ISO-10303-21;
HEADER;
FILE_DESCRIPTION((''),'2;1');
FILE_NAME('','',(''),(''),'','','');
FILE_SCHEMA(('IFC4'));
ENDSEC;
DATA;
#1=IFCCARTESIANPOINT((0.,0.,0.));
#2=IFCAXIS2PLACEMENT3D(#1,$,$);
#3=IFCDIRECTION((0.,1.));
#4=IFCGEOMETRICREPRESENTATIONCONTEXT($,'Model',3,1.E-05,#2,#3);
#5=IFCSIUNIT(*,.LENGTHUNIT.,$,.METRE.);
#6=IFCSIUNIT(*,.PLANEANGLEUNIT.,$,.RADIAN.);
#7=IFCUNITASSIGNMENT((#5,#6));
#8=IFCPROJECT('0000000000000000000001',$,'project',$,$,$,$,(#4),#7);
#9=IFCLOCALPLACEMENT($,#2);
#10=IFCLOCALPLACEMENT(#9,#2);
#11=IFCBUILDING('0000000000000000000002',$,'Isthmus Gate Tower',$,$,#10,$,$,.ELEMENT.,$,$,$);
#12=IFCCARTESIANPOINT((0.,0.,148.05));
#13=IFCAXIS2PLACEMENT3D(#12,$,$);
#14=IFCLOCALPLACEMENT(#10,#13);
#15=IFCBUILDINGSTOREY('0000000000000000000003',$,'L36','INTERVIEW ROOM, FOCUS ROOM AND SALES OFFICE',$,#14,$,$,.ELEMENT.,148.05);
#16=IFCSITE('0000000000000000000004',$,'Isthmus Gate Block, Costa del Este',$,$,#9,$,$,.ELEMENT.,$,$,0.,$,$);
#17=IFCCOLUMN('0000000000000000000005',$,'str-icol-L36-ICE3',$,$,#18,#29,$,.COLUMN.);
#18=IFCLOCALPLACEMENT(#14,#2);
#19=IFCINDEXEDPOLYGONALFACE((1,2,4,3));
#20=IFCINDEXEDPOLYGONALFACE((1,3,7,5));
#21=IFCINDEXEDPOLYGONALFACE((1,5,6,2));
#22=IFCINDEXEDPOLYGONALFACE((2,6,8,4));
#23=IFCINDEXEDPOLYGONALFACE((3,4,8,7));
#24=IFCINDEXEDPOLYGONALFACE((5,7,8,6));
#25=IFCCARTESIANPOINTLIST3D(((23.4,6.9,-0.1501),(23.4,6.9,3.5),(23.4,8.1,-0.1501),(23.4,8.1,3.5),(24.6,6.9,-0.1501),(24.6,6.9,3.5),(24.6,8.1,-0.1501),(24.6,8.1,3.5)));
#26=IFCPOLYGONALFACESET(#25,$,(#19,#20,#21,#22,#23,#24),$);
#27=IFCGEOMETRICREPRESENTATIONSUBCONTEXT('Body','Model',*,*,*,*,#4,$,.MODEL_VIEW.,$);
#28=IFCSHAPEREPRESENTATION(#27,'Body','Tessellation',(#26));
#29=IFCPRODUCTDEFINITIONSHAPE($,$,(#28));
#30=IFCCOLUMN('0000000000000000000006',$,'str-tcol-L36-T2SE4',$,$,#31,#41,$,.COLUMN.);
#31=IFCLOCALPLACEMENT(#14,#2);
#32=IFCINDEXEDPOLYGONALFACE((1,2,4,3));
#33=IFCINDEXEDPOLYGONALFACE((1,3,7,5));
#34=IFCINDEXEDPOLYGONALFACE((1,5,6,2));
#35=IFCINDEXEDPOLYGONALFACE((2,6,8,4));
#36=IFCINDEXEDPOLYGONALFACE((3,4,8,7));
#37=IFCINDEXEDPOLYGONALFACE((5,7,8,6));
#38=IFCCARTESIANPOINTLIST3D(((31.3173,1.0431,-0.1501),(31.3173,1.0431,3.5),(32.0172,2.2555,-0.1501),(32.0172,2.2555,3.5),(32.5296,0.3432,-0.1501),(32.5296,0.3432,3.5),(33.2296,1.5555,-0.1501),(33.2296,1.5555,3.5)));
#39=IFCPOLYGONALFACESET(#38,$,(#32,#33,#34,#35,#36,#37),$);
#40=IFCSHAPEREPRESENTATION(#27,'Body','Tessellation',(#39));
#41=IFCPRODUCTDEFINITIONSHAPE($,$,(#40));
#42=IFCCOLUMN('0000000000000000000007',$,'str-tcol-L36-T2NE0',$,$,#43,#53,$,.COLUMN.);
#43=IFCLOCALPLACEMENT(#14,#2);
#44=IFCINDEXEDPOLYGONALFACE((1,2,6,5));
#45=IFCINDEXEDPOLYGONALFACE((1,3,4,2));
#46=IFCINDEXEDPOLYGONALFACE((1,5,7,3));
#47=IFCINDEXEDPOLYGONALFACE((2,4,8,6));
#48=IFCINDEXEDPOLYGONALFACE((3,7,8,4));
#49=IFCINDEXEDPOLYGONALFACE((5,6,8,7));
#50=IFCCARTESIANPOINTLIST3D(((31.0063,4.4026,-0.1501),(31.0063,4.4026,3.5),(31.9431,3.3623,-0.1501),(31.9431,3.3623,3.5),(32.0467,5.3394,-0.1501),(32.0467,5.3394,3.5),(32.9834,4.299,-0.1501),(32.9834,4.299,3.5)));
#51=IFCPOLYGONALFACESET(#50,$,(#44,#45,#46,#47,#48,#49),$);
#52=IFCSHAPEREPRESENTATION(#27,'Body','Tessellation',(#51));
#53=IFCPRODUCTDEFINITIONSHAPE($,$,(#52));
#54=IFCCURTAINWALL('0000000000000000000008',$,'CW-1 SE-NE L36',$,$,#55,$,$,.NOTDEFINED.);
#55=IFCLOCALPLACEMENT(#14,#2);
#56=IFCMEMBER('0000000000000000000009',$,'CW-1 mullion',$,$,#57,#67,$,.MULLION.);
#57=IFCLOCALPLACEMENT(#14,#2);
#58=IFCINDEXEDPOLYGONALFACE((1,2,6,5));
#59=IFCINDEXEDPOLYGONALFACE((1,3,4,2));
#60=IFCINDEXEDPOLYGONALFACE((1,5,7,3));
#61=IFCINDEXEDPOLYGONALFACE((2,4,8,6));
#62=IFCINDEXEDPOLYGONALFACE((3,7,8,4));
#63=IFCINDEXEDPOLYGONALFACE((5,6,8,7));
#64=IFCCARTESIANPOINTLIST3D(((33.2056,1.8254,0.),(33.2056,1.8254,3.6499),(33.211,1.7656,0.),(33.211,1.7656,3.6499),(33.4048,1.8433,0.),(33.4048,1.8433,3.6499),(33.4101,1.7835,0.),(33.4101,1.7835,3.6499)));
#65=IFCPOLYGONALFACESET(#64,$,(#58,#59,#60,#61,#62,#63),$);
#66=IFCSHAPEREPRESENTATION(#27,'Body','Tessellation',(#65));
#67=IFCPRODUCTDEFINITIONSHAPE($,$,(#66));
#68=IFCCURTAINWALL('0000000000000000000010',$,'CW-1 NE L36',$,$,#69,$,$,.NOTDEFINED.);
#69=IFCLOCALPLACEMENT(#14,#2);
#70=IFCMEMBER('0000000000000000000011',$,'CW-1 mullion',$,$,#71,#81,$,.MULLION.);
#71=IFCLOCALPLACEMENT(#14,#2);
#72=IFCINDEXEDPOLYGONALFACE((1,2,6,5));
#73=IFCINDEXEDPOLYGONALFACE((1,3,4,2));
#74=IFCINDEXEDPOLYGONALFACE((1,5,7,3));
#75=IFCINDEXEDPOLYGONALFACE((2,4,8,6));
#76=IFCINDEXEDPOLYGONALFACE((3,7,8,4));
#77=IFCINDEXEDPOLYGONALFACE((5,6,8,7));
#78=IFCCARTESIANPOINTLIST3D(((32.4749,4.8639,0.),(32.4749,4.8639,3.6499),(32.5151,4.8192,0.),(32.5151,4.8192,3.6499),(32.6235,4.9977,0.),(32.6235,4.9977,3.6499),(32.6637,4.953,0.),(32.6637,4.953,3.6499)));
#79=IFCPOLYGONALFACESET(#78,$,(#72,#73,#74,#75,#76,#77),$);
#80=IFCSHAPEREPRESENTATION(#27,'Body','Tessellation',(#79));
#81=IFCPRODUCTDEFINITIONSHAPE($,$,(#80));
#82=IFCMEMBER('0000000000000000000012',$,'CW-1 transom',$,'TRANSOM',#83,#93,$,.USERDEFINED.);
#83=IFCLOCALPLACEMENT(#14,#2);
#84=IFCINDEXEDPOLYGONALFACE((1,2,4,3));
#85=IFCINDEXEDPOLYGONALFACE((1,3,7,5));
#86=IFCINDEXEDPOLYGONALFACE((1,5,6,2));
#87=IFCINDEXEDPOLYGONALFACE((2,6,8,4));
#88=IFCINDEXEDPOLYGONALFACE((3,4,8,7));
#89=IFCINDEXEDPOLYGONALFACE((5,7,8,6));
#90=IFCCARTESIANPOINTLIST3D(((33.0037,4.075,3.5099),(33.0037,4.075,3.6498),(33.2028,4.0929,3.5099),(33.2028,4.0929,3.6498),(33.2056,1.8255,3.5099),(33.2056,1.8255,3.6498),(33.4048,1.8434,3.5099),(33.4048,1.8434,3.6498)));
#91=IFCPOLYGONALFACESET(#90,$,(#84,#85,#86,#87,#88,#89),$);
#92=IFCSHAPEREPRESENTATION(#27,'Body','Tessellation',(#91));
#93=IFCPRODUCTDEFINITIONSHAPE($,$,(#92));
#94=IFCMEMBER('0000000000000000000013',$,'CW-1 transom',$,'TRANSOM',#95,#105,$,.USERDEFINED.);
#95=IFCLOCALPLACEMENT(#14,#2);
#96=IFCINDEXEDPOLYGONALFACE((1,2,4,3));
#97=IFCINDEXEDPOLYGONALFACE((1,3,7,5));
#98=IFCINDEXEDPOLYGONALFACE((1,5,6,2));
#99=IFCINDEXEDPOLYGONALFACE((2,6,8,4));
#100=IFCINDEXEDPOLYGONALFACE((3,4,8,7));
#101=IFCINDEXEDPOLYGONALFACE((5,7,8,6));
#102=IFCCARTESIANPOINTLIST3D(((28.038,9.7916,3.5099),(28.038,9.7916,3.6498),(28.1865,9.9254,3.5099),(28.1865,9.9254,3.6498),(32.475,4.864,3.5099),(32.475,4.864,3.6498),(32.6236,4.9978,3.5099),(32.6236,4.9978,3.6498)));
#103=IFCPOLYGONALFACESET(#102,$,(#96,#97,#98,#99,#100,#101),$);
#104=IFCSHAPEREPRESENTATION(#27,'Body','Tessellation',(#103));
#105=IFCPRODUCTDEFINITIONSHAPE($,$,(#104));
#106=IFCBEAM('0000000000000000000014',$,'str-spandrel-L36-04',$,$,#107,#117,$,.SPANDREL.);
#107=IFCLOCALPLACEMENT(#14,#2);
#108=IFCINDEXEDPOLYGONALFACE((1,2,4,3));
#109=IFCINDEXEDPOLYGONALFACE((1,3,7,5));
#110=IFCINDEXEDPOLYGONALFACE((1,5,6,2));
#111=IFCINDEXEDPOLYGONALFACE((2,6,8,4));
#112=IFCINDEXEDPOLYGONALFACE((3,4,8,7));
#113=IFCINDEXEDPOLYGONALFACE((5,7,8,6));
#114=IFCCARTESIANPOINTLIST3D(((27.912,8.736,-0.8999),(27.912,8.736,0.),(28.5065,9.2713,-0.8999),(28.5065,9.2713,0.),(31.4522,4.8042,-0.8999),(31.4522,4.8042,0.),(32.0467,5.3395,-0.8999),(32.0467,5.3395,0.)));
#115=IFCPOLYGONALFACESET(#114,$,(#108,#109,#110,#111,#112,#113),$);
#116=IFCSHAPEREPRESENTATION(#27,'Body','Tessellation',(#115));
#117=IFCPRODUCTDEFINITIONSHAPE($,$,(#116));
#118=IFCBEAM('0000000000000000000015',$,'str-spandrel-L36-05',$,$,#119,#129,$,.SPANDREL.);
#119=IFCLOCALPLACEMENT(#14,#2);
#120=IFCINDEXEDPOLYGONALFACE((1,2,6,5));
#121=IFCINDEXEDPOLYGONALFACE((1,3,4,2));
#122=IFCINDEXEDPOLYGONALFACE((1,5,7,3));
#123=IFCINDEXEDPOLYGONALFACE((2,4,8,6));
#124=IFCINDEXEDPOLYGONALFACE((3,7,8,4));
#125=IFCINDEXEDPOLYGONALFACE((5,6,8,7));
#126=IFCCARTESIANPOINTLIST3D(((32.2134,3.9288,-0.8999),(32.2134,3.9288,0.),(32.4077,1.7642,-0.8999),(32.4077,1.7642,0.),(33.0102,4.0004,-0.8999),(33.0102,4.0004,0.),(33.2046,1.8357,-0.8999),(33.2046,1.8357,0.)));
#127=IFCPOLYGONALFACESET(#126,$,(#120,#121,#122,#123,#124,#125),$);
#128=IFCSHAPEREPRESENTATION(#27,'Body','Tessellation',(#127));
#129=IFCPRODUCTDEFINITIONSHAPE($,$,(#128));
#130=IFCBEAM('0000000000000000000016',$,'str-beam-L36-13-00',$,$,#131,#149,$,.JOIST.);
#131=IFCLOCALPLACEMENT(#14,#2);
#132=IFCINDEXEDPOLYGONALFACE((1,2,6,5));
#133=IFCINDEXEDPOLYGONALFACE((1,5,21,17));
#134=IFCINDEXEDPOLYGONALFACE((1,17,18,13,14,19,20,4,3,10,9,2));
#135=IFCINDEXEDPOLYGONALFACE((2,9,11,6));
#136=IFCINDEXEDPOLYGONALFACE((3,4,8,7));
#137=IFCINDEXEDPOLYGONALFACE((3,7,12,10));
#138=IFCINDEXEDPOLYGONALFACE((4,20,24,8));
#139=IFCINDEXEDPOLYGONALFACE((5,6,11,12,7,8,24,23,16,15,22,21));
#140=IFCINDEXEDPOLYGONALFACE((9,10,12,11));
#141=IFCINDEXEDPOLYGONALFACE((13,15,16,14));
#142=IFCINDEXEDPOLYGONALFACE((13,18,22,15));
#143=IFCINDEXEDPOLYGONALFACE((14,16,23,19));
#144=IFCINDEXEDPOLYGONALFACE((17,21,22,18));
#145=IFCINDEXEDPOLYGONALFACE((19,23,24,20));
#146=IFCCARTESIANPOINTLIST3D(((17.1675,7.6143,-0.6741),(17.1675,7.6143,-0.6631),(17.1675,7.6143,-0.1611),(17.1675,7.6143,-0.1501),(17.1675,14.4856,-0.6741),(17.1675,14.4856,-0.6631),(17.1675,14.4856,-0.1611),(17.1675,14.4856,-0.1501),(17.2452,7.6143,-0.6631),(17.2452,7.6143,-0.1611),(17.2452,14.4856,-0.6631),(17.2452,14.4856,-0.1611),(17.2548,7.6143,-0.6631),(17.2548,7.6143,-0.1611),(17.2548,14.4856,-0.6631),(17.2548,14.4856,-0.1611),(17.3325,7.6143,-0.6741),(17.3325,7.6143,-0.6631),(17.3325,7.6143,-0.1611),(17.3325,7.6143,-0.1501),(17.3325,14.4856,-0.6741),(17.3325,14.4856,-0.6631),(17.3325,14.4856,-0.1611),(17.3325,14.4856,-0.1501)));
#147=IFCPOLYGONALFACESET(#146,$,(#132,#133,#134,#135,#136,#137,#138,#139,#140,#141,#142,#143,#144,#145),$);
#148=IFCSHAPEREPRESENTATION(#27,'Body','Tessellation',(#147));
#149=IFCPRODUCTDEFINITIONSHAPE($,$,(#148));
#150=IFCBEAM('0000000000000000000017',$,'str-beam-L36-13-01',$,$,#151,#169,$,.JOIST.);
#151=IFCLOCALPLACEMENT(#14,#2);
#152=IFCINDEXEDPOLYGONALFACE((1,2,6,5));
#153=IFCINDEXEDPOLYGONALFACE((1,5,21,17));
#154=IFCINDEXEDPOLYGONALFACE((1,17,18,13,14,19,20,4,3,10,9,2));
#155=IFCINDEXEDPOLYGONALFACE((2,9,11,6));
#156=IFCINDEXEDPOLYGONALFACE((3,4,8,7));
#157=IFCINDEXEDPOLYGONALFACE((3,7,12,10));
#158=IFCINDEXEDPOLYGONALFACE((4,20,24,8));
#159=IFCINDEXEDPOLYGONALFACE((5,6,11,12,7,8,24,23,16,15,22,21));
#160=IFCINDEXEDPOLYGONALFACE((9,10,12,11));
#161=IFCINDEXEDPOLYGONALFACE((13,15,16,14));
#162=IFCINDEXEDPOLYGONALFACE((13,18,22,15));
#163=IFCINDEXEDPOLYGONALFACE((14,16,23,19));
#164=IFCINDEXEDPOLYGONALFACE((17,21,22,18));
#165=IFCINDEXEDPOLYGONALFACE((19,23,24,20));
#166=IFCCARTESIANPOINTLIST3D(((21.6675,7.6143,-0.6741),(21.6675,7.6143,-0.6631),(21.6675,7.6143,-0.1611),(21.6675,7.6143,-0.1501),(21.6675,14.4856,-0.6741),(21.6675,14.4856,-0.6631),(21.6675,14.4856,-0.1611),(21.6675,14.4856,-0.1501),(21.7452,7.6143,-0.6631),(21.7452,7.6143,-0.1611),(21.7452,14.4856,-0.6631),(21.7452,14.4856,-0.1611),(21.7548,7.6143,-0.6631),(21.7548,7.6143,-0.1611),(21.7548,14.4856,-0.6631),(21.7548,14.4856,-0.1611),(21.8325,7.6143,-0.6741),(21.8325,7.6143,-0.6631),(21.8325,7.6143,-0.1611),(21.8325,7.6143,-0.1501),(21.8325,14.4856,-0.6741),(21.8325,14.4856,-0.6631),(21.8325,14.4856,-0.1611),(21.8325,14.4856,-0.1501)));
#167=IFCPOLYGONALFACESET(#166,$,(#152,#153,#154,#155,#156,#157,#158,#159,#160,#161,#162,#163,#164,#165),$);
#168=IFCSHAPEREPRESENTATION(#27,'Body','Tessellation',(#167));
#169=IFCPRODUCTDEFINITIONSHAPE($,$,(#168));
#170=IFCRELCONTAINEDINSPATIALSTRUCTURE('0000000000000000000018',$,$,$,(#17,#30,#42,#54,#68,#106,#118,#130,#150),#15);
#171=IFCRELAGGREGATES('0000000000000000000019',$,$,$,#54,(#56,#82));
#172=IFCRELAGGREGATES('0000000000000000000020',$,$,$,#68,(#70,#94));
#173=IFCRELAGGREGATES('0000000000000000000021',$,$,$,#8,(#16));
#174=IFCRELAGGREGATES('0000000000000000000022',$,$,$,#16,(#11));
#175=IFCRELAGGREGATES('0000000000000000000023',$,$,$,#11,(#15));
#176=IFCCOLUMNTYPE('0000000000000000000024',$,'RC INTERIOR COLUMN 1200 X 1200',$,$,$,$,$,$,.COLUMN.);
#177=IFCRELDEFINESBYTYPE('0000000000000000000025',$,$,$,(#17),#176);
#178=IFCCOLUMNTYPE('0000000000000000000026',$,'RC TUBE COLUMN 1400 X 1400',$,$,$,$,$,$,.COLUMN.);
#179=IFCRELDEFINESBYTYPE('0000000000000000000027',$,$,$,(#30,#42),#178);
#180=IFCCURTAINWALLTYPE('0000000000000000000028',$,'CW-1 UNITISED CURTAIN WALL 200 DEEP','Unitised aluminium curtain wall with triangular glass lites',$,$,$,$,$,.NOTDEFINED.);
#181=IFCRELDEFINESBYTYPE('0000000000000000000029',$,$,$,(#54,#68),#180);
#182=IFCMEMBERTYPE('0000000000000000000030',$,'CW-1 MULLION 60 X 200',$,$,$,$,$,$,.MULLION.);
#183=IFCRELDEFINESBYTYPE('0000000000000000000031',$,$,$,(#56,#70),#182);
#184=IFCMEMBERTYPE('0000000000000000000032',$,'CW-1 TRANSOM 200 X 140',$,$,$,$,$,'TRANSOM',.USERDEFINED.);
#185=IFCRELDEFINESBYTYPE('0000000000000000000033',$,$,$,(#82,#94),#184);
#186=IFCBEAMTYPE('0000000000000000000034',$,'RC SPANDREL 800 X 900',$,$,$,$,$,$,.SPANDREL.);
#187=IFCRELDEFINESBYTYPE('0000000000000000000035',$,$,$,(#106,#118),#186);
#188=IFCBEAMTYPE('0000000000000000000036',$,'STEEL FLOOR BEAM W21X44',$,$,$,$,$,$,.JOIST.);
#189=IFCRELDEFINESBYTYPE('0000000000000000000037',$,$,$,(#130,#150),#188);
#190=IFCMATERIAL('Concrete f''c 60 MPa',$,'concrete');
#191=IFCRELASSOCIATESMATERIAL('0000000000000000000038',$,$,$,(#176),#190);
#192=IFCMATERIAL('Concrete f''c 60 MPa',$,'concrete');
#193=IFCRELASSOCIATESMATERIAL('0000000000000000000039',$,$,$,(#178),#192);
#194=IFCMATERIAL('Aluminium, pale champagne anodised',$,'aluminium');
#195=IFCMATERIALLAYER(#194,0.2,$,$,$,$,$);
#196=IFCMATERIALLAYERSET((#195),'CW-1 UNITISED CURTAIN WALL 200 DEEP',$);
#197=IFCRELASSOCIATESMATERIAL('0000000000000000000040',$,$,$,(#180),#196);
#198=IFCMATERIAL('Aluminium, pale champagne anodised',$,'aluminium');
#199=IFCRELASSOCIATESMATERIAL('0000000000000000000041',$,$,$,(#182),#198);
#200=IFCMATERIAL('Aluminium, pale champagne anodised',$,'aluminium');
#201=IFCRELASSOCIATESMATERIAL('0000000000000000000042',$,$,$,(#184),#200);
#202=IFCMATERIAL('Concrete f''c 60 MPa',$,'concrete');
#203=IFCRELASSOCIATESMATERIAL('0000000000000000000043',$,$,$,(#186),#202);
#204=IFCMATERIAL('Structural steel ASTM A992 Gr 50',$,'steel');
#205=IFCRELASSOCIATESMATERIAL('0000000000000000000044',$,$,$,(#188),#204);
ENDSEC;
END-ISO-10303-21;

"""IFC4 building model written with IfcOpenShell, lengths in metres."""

from ifc_helpers import new_model, si_unit, direction, frame, origin, origin_2d, place, context, subcontext, project, spatial, rectangle, i_section, extrude, material, layer, layer_set, material_profile, profile_set, type_object, element, aggregate, save


model = new_model("IFC4")

# Units and contexts
model_context = context("Model", 3, precision=1e-05, world=origin(), true_north=direction((0.0, 1.0)))
body_context = subcontext(model_context, "Body", "Model", "MODEL_VIEW")
ifc_project = project(units=[si_unit("LENGTHUNIT", "METRE"), si_unit("PLANEANGLEUNIT", "RADIAN")], contexts=[model_context])

# Site, building, storey
site_placement = place(None, origin())
site = spatial("IfcSite", under=ifc_project, at=site_placement, Name="Isthmus Gate Block, Costa del Este", CompositionType="ELEMENT", RefElevation=0.0)
building_placement = place(site_placement, origin())
building = spatial("IfcBuilding", under=site, at=building_placement, Name="Isthmus Gate Tower", CompositionType="ELEMENT")
storey_placement = place(building_placement, frame((0.0, 0.0, 148.05)))
storey = spatial("IfcBuildingStorey", under=building, at=storey_placement, Name="L36", Description="INTERVIEW ROOM, FOCUS ROOM AND SALES OFFICE", CompositionType="ELEMENT", Elevation=148.05)

# Columns
ifc_material_1 = material(Name="Concrete f'c 60 MPa", Category="concrete")
ifc_material_profile_1 = material_profile(ifc_material_1, rectangle(XDim=1.2, YDim=1.2, at=origin_2d()), Name="RC 1200X1200")
ifc_profile_set_1 = profile_set([ifc_material_profile_1], Name="Concrete f'c 60 MPa")
column_type_1 = type_object("IfcColumnType", Name="RC INTERIOR COLUMN 1200 X 1200", PredefinedType="COLUMN", material=ifc_profile_set_1)
column_placement = place(storey_placement, frame((24.0, 7.5, -0.1501), z_axis=(0.0, 0.0, 1.0), x_axis=(1.0, 0.0, 0.0)))
element("IfcColumn", 1, at=column_placement, inside=storey, type_object=column_type_1, Name="str-icol-L36-ICE3", PredefinedType="COLUMN", context=body_context, shape_type="SweptSolid", body=[
    extrude(rectangle(XDim=1.2, YDim=1.2, at=origin_2d()), origin(), (0.0, 0.0, 1.0), 3.6501),
])
ifc_material_2 = material(Name="Concrete f'c 60 MPa", Category="concrete")
ifc_material_profile_2 = material_profile(ifc_material_2, rectangle(XDim=1.3999, YDim=1.3999, at=origin_2d()), Name="RC 1400X1400")
ifc_profile_set_2 = profile_set([ifc_material_profile_2], Name="Concrete f'c 60 MPa")
column_type_2 = type_object("IfcColumnType", Name="RC TUBE COLUMN 1400 X 1400", PredefinedType="COLUMN", material=ifc_profile_set_2)
for number, where, z_axis, x_axis, name in (
    (2, (32.2734, 1.2993, -0.1501), (0.0, 0.0, 1.0), (0.5, 0.866025, 0.0), "str-tcol-L36-T2SE4"),
    (3, (31.9949, 4.3508, -0.1501), (0.0, 0.0, 1.0), (-0.669131, 0.743145, 0.0), "str-tcol-L36-T2NE0"),
):
    element("IfcColumn", number, at=place(storey_placement, frame(where, z_axis=z_axis, x_axis=x_axis)), inside=storey, type_object=column_type_2, Name=name, PredefinedType="COLUMN", context=body_context, shape_type="SweptSolid", body=[
        extrude(rectangle(XDim=1.3999, YDim=1.3999, at=origin_2d()), origin(), (0.0, 0.0, 1.0), 3.6501),
    ])

# Curtain walls, members
ifc_material_3 = material(Name="Aluminium, pale champagne anodised", Category="aluminium")
ifc_layer_1 = layer(ifc_material_3, 0.2)
ifc_layer_set_1 = layer_set([ifc_layer_1], Name="CW-1 UNITISED CURTAIN WALL 200 DEEP")
curtain_wall_type = type_object("IfcCurtainWallType", Name="CW-1 UNITISED CURTAIN WALL 200 DEEP", Description="Unitised aluminium curtain wall with triangular glass lites", PredefinedType="NOTDEFINED", material=ifc_layer_set_1)
curtain_wall_1_placement = place(storey_placement, origin())
curtain_wall_1 = element("IfcCurtainWall", 4, at=curtain_wall_1_placement, inside=storey, type_object=curtain_wall_type, Name="CW-1 SE-NE L36", PredefinedType="NOTDEFINED")
ifc_material_4 = material(Name="Aluminium, pale champagne anodised", Category="aluminium")
ifc_material_profile_3 = material_profile(ifc_material_4, rectangle(XDim=0.0601, YDim=0.2, at=origin_2d()), Name="60x200")
ifc_profile_set_3 = profile_set([ifc_material_profile_3], Name="Aluminium, pale champagne anodised")
member_type_1 = type_object("IfcMemberType", Name="CW-1 MULLION 60 X 200", PredefinedType="MULLION", material=ifc_profile_set_3)
member_1_placement = place(storey_placement, frame((33.3079, 1.8044, 0.0), z_axis=(0.0, 0.0, 1.0), x_axis=(-0.089397, 0.995996, 0.0)))
member_1 = element("IfcMember", 5, at=member_1_placement, type_object=member_type_1, Name="CW-1 mullion", PredefinedType="MULLION", context=body_context, shape_type="SweptSolid", body=[
    extrude(rectangle(XDim=0.0601, YDim=0.2, at=origin_2d()), origin(), (0.0, 0.0, 1.0), 3.6499),
])
curtain_wall_2_placement = place(storey_placement, origin())
curtain_wall_2 = element("IfcCurtainWall", 6, at=curtain_wall_2_placement, inside=storey, type_object=curtain_wall_type, Name="CW-1 NE L36", PredefinedType="NOTDEFINED")
member_2_placement = place(storey_placement, frame((32.5693, 4.9084, 0.0), z_axis=(0.0, 0.0, 1.0), x_axis=(-0.669131, 0.743145, 0.0)))
member_2 = element("IfcMember", 7, at=member_2_placement, type_object=member_type_1, Name="CW-1 mullion", PredefinedType="MULLION", context=body_context, shape_type="SweptSolid", body=[
    extrude(rectangle(XDim=0.0601, YDim=0.2, at=origin_2d()), origin(), (0.0, 0.0, 1.0), 3.6499),
])

# Members
ifc_material_5 = material(Name="Aluminium, pale champagne anodised", Category="aluminium")
ifc_material_profile_4 = material_profile(ifc_material_5, rectangle(XDim=0.2, YDim=0.1399, at=origin_2d()), Name="200x140")
ifc_profile_set_4 = profile_set([ifc_material_profile_4], Name="Aluminium, pale champagne anodised")
member_type_2 = type_object("IfcMemberType", Name="CW-1 TRANSOM 200 X 140", ElementType="TRANSOM", PredefinedType="USERDEFINED", material=ifc_profile_set_4)
member_3_placement = place(storey_placement, frame((33.3052, 1.8345, 3.5798), z_axis=(-0.089395, 0.995996, 0.0), x_axis=(-0.995996, -0.089395, 0.0)))
member_3 = element("IfcMember", 8, at=member_3_placement, type_object=member_type_2, Name="CW-1 transom", ObjectType="TRANSOM", PredefinedType="USERDEFINED", context=body_context, shape_type="SweptSolid", body=[
    extrude(rectangle(XDim=0.2, YDim=0.1399, at=origin_2d()), origin(), (0.0, 0.0, 1.0), 2.2585),
])
member_4_placement = place(storey_placement, frame((32.5493, 4.9309, 3.5798), z_axis=(-0.669154, 0.743124, 0.0), x_axis=(-0.743124, -0.669154, 0.0)))
member_4 = element("IfcMember", 9, at=member_4_placement, type_object=member_type_2, Name="CW-1 transom", ObjectType="TRANSOM", PredefinedType="USERDEFINED", context=body_context, shape_type="SweptSolid", body=[
    extrude(rectangle(XDim=0.2, YDim=0.1399, at=origin_2d()), origin(), (0.0, 0.0, 1.0), 6.6309),
])

# Beams
ifc_material_6 = material(Name="Concrete f'c 60 MPa", Category="concrete")
ifc_material_profile_5 = material_profile(ifc_material_6, rectangle(XDim=0.8, YDim=0.8999, at=origin_2d()), Name="RC 800X900")
ifc_profile_set_5 = profile_set([ifc_material_profile_5], Name="Concrete f'c 60 MPa")
beam_type_1 = type_object("IfcBeamType", Name="RC SPANDREL 800 X 900", PredefinedType="SPANDREL", material=ifc_profile_set_5)
beam_1_placement = place(storey_placement, frame((28.2092, 9.0037, -0.45), z_axis=(0.66913, -0.743145, 0.0), x_axis=(0.743145, 0.66913, 0.0)))
element("IfcBeam", 10, at=beam_1_placement, inside=storey, type_object=beam_type_1, Name="str-spandrel-L36-04", PredefinedType="SPANDREL", context=body_context, shape_type="SweptSolid", body=[
    extrude(rectangle(XDim=0.8, YDim=0.8999, at=origin_2d()), origin(), (0.0, 0.0, 1.0), 5.2908),
])
beam_2_placement = place(storey_placement, frame((32.6118, 3.9646, -0.45), z_axis=(0.089422, -0.995994, 0.0), x_axis=(0.995994, 0.089422, 0.0)))
element("IfcBeam", 11, at=beam_2_placement, inside=storey, type_object=beam_type_1, Name="str-spandrel-L36-05", PredefinedType="SPANDREL", context=body_context, shape_type="SweptSolid", body=[
    extrude(rectangle(XDim=0.8, YDim=0.8999, at=origin_2d()), origin(), (0.0, 0.0, 1.0), 2.1733),
])
ifc_material_7 = material(Name="Structural steel ASTM A992 Gr 50", Category="steel")
ifc_material_profile_6 = material_profile(ifc_material_7, i_section(OverallWidth=0.165, OverallDepth=0.5239, WebThickness=0.0095, FlangeThickness=0.011, at=origin_2d()), Name="W21X44")
ifc_profile_set_6 = profile_set([ifc_material_profile_6], Name="Structural steel ASTM A992 Gr 50")
beam_type_2 = type_object("IfcBeamType", Name="STEEL FLOOR BEAM W21X44", PredefinedType="JOIST", material=ifc_profile_set_6)
for number, where, z_axis, x_axis, name in (
    (12, (17.25, 7.6143, -0.4121), (0.0, 1.0, 0.0), (-1.0, 0.0, 0.0), "str-beam-L36-13-00"),
    (13, (21.75, 7.6143, -0.4121), (0.0, 1.0, 0.0), (-1.0, 0.0, 0.0), "str-beam-L36-13-01"),
):
    element("IfcBeam", number, at=place(storey_placement, frame(where, z_axis=z_axis, x_axis=x_axis)), inside=storey, type_object=beam_type_2, Name=name, PredefinedType="JOIST", context=body_context, shape_type="SweptSolid", body=[
        extrude(i_section(OverallWidth=0.165, OverallDepth=0.5239, WebThickness=0.0095, FlangeThickness=0.011, at=origin_2d()), origin(), (0.0, 0.0, 1.0), 6.8713),
    ])

aggregate(curtain_wall_1, [member_1, member_3])
aggregate(curtain_wall_2, [member_2, member_4])

save(model, "model.ifc")
